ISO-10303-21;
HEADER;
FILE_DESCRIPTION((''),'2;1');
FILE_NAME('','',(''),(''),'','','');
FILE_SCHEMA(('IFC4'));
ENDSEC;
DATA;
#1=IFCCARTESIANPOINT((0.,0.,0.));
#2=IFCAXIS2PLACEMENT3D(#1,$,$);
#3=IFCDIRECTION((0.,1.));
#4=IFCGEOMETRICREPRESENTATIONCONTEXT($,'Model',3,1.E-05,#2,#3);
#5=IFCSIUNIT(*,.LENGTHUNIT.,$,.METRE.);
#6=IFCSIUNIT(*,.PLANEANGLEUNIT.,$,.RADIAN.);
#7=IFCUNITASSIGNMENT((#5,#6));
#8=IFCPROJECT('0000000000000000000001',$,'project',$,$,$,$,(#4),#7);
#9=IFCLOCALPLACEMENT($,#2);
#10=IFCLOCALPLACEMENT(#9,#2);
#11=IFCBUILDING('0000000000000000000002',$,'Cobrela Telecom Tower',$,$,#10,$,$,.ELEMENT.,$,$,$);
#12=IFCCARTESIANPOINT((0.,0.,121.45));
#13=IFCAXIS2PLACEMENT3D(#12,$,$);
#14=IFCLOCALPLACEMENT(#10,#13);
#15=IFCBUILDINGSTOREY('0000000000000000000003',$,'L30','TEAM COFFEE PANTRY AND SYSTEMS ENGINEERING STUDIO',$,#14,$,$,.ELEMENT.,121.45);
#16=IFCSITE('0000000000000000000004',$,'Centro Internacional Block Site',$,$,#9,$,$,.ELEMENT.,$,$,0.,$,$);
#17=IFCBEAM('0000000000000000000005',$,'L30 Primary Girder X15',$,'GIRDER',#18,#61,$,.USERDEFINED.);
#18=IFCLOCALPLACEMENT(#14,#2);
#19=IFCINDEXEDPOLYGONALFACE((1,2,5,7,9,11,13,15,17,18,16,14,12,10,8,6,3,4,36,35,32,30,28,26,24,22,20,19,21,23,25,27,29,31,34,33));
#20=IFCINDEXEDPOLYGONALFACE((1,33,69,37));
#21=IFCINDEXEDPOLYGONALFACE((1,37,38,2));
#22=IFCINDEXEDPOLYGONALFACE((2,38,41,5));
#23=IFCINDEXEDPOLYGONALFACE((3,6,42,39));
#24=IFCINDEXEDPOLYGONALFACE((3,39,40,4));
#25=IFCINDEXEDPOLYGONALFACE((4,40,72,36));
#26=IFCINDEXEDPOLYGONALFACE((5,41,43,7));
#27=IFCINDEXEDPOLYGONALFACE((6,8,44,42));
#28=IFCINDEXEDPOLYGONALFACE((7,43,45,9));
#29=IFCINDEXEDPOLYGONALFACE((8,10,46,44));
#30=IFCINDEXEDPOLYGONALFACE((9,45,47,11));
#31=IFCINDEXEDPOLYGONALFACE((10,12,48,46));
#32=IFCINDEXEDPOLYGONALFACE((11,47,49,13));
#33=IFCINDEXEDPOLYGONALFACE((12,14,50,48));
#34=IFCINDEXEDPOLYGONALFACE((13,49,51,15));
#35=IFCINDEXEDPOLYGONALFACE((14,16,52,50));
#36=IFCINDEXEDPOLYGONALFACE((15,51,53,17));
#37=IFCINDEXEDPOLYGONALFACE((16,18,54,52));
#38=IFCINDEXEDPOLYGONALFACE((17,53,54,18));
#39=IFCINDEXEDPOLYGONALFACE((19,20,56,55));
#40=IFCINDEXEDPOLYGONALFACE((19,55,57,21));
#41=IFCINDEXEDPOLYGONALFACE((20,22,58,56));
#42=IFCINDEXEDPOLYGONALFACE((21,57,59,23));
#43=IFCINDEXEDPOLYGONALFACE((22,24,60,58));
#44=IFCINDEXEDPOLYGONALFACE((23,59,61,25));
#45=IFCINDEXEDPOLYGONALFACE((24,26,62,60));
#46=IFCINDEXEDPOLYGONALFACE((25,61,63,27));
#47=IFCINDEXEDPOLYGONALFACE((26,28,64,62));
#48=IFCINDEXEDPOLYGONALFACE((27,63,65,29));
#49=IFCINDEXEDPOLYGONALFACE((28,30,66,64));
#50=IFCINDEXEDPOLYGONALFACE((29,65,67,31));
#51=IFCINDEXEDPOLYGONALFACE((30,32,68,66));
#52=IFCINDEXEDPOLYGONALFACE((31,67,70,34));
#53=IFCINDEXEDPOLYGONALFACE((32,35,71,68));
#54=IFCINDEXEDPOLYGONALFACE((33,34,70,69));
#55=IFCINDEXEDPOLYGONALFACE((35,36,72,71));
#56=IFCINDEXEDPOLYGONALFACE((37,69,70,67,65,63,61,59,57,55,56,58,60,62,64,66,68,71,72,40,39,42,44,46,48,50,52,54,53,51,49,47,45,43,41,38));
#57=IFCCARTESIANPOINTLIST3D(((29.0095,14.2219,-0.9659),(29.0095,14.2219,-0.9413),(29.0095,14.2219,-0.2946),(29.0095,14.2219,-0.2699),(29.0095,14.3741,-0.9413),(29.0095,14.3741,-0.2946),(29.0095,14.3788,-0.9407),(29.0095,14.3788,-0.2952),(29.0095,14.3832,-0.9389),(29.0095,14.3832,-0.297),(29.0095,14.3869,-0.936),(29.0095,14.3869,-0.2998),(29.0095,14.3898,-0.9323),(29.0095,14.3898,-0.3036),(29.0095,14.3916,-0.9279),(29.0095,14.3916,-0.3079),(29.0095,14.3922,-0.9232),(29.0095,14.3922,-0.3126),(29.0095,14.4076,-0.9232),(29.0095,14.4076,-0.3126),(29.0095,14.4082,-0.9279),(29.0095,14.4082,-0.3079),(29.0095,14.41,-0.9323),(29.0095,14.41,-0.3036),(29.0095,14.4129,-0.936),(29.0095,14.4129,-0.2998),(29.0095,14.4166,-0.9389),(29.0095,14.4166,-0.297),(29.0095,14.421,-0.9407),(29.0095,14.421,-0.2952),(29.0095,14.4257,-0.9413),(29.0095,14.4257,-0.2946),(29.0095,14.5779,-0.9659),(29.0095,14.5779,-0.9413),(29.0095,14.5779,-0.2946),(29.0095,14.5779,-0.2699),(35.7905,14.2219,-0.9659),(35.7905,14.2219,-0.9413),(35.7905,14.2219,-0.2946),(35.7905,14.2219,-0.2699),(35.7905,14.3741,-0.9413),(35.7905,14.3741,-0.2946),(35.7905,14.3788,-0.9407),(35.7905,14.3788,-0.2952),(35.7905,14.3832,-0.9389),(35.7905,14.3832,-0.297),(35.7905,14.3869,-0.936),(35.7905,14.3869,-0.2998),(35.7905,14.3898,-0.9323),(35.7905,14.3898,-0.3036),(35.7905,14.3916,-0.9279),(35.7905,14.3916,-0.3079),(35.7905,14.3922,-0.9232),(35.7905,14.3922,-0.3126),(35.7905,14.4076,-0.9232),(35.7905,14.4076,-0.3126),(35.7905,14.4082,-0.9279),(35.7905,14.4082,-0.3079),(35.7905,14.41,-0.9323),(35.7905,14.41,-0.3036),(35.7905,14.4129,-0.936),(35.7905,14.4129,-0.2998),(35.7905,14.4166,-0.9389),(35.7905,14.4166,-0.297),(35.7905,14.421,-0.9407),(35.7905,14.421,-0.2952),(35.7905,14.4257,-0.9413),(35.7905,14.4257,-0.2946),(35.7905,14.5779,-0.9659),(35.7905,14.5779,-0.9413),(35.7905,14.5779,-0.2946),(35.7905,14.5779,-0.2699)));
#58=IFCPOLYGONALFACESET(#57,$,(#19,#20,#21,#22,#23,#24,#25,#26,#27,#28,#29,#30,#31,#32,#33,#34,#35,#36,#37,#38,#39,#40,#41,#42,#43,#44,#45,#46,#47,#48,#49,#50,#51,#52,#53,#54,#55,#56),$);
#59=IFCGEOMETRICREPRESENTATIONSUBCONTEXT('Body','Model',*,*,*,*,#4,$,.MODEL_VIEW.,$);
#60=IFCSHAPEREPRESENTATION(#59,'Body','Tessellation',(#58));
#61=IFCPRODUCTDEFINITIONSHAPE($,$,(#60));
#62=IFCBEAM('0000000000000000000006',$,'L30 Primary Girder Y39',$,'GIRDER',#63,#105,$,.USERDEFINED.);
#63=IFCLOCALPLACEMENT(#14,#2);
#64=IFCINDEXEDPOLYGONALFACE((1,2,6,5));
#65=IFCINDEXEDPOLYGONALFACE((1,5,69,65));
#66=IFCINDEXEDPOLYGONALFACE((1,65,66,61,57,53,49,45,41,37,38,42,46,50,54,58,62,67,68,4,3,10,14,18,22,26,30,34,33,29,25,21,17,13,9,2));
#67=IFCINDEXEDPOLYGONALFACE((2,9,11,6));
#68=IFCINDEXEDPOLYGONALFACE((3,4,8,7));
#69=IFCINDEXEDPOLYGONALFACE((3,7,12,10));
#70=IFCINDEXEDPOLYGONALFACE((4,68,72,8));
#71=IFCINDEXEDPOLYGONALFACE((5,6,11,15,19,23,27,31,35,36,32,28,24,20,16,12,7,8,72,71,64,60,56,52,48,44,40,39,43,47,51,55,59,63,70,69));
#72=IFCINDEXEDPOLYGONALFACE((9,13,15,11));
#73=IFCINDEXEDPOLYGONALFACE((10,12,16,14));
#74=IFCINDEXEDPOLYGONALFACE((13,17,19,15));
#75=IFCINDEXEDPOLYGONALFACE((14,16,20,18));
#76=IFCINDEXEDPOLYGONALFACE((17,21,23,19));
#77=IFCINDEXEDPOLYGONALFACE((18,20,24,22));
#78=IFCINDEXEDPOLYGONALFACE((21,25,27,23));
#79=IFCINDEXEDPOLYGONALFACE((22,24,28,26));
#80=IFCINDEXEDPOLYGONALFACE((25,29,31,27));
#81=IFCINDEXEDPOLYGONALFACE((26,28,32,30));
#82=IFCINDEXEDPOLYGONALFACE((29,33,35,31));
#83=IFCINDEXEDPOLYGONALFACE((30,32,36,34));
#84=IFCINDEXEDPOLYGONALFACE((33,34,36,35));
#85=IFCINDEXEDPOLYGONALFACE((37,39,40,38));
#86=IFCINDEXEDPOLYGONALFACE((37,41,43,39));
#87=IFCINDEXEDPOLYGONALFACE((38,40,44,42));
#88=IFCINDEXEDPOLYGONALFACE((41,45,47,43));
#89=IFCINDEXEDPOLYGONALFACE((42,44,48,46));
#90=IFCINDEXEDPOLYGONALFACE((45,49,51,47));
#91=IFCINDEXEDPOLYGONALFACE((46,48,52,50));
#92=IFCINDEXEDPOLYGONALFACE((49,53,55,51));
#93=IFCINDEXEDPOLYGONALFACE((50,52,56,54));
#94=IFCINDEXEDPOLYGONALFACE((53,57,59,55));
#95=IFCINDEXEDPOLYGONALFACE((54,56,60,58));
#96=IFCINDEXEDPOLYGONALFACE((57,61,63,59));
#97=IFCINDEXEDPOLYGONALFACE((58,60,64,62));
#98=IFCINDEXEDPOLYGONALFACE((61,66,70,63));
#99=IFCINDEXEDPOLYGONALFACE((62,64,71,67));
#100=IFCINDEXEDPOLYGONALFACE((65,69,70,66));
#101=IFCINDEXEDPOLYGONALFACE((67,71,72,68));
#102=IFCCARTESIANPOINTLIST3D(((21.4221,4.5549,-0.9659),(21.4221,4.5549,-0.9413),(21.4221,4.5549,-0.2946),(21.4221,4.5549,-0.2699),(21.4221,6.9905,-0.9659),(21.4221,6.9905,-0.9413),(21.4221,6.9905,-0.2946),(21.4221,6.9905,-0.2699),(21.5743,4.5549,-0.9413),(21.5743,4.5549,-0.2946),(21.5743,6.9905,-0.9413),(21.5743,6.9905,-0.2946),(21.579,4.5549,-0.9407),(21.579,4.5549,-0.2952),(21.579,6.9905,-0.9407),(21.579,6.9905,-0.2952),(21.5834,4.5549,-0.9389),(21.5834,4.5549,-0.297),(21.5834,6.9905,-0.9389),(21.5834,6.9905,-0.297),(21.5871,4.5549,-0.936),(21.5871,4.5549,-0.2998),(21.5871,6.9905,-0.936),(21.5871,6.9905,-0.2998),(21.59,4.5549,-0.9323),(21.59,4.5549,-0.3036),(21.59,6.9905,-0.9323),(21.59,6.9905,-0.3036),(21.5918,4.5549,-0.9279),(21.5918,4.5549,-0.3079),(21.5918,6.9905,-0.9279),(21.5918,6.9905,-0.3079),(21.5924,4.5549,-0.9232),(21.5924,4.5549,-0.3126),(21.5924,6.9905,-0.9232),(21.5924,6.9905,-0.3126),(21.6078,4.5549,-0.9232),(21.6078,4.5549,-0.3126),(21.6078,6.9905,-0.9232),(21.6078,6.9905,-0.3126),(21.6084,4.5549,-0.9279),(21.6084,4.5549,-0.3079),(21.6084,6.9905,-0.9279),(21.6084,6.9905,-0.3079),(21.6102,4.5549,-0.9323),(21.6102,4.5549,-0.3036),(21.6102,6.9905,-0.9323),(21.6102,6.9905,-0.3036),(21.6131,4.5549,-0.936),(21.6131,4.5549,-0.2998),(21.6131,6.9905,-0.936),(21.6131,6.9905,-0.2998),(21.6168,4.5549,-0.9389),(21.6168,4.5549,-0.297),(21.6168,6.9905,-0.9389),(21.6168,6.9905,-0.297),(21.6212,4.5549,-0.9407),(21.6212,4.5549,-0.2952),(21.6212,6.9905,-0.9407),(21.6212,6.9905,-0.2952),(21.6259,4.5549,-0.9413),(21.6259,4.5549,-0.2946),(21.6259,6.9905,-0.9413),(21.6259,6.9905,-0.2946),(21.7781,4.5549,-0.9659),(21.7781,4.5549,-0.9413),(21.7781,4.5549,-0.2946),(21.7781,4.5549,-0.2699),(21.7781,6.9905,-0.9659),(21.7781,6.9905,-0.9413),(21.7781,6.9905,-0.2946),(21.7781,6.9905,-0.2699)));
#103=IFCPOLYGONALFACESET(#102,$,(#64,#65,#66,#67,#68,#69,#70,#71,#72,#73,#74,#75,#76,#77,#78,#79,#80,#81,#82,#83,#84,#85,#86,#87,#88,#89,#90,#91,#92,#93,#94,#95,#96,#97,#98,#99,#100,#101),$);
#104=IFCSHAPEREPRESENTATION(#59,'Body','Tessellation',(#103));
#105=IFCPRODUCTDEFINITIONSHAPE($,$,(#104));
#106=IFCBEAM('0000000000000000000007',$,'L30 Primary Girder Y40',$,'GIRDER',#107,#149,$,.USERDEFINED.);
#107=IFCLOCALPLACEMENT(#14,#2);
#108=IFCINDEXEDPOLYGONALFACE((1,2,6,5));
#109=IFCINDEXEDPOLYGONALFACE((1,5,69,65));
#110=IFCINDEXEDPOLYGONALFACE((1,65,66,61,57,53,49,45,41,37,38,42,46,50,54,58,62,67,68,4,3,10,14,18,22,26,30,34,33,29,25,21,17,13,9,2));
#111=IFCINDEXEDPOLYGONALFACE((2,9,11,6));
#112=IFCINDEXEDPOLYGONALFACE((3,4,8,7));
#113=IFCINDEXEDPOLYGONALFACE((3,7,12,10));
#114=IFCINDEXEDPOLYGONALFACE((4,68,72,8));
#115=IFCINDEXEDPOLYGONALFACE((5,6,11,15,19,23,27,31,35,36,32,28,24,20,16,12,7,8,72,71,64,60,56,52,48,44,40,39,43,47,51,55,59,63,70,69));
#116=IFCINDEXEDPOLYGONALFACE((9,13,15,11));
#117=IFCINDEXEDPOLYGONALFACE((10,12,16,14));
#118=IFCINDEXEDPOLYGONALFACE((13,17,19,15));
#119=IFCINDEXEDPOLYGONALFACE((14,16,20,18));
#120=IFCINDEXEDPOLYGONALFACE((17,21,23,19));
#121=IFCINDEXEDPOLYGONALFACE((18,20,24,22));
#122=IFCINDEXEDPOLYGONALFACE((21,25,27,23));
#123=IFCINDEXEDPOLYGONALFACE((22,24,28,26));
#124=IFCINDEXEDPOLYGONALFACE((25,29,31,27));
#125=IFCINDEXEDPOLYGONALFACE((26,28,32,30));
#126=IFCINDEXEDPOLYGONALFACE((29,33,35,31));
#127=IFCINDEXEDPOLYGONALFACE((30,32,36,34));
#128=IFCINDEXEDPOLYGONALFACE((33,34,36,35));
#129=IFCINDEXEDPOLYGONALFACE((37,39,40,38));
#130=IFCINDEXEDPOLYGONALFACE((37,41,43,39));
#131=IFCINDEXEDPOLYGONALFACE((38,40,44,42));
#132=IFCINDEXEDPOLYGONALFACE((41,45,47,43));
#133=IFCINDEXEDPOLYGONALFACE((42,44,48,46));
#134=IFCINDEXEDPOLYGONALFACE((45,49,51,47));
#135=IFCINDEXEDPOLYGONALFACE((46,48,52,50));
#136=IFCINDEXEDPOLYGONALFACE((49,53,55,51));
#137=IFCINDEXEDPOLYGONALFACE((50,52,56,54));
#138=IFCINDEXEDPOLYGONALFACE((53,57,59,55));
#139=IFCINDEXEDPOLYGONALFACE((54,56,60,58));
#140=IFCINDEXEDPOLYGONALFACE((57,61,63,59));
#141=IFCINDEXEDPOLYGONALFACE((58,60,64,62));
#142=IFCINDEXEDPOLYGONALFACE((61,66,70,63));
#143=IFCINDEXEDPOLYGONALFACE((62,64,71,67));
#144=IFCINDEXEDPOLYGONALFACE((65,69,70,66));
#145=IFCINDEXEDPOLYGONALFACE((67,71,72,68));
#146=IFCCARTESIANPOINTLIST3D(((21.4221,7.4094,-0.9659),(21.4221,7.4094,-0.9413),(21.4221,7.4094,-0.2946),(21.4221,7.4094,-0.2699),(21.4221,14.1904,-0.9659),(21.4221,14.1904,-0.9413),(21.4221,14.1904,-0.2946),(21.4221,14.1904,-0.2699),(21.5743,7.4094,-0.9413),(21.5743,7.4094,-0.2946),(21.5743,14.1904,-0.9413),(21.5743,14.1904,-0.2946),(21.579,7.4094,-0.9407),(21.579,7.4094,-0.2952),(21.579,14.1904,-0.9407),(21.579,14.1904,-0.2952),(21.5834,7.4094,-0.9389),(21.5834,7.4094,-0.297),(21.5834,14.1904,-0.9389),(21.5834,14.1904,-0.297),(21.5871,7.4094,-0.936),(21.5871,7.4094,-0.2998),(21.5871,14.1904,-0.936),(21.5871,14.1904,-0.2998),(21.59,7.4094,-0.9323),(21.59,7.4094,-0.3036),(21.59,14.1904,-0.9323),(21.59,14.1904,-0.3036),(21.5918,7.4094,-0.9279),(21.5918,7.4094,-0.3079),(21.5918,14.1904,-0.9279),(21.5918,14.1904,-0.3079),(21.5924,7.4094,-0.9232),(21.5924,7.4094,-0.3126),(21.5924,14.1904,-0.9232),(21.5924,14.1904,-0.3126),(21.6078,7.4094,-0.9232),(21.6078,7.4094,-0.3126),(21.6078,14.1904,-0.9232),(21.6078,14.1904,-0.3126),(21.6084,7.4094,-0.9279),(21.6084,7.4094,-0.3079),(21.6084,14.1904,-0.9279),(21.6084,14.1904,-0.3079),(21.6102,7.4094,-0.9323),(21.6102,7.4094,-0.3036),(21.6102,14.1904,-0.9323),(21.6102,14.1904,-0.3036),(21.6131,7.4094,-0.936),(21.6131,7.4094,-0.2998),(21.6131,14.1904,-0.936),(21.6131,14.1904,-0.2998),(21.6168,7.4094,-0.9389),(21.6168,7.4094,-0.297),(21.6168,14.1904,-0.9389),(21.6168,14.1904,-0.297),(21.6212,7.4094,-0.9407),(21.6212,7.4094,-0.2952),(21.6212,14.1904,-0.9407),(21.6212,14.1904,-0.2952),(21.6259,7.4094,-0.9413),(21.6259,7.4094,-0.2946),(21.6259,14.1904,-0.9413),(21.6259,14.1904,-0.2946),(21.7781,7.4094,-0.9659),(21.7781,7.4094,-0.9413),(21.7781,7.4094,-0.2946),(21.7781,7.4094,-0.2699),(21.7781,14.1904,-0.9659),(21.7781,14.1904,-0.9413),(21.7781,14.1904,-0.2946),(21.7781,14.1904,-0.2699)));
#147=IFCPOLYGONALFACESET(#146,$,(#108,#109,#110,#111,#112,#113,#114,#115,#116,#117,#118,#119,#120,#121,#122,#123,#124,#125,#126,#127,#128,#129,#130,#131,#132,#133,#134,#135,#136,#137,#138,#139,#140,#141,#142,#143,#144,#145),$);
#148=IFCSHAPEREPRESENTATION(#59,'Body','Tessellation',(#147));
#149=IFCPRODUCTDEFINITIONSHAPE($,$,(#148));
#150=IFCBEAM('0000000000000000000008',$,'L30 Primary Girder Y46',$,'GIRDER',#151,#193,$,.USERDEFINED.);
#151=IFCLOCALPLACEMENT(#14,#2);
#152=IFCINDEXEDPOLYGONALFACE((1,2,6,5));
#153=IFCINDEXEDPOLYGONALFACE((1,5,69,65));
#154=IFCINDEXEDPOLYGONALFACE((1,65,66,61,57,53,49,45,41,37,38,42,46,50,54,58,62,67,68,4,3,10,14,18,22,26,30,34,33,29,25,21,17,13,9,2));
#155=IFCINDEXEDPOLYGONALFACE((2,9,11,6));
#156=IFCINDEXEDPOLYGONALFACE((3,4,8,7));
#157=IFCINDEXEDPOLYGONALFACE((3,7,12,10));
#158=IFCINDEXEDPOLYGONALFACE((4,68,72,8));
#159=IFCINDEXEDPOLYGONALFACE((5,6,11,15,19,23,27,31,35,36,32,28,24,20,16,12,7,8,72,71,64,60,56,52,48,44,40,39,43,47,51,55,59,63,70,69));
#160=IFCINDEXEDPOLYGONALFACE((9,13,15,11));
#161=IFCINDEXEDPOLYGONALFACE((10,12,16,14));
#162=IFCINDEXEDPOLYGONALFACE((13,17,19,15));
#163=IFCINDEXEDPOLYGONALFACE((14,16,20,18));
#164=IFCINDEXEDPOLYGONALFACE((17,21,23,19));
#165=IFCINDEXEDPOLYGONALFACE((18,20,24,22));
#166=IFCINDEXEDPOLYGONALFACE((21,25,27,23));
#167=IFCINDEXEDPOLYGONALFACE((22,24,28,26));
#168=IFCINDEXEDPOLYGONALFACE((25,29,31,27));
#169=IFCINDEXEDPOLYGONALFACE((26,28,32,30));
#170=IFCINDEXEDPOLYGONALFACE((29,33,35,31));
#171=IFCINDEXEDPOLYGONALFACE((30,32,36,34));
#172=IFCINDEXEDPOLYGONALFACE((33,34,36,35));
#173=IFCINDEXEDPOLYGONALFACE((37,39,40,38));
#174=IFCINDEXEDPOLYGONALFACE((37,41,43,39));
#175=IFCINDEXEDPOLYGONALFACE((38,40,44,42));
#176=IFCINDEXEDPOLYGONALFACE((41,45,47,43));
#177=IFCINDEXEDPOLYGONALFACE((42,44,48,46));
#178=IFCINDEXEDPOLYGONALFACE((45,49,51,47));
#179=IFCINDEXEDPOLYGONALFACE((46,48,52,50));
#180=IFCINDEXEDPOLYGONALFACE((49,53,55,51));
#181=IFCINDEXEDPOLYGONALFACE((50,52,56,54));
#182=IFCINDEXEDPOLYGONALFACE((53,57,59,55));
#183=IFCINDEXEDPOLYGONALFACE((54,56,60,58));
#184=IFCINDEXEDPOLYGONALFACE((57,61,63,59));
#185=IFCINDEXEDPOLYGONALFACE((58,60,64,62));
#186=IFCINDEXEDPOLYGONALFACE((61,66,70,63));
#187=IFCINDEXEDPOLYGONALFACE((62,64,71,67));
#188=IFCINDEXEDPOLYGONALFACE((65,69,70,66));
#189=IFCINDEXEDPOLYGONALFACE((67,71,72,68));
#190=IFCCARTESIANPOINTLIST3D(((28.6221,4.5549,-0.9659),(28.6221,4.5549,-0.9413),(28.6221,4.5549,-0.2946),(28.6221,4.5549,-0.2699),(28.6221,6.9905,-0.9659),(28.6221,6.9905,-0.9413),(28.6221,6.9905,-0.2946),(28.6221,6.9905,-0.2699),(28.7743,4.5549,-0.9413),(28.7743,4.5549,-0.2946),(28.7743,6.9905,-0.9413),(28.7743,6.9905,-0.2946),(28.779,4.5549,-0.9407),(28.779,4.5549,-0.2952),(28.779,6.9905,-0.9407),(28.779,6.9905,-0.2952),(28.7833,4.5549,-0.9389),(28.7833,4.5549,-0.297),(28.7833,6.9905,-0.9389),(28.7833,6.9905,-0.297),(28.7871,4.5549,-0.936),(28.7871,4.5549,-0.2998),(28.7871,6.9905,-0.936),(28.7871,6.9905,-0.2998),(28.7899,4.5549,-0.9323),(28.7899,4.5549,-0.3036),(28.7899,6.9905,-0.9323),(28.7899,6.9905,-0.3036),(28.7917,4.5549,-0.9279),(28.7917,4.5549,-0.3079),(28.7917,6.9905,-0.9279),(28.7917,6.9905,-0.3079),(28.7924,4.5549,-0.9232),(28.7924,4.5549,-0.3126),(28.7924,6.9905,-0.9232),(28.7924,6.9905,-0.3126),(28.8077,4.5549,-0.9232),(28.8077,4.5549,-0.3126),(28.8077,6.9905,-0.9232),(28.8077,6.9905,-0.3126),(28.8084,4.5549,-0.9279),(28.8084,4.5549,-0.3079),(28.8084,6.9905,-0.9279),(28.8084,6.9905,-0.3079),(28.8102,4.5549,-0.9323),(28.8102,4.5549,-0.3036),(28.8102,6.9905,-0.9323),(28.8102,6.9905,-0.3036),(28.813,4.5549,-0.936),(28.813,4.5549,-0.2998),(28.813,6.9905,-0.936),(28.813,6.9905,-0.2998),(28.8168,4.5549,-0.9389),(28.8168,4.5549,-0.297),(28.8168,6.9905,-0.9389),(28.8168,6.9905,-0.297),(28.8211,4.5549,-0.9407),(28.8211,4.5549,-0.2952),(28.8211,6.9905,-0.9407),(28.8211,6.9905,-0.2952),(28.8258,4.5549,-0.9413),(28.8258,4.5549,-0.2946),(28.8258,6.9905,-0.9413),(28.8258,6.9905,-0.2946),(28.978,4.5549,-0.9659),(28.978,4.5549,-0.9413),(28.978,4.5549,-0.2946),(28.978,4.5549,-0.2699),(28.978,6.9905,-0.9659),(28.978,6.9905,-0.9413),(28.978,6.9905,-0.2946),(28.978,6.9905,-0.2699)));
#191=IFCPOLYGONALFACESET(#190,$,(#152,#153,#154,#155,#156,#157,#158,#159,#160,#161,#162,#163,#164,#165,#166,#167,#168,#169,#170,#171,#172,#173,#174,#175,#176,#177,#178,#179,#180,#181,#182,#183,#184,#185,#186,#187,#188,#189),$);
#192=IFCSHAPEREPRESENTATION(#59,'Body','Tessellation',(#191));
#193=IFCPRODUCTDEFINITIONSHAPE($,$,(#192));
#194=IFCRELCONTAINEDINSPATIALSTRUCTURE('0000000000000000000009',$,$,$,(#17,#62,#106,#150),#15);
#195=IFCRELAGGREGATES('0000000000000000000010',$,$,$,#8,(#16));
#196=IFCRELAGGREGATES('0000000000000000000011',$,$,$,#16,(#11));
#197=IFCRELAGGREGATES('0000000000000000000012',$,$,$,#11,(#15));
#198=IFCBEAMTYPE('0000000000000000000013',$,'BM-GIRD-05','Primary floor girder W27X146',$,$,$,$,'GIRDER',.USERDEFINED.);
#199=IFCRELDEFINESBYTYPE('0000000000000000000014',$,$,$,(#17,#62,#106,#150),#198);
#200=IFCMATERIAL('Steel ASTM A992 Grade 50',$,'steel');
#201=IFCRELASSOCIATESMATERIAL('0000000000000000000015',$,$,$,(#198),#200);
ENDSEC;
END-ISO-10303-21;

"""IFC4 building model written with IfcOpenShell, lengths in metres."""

from ifc_helpers import new_model, si_unit, direction, frame, origin, origin_2d, place, context, subcontext, project, spatial, i_section, extrude, material, material_profile, profile_set, type_object, element, save


model = new_model("IFC4")

# Units and contexts
model_context = context("Model", 3, precision=1e-05, world=origin(), true_north=direction((0.0, 1.0)))
body_context = subcontext(model_context, "Body", "Model", "MODEL_VIEW")
ifc_project = project(units=[si_unit("LENGTHUNIT", "METRE"), si_unit("PLANEANGLEUNIT", "RADIAN")], contexts=[model_context])

# Site, building, storey
site_placement = place(None, origin())
site = spatial("IfcSite", under=ifc_project, at=site_placement, Name="Centro Internacional Block Site", CompositionType="ELEMENT", RefElevation=0.0)
building_placement = place(site_placement, origin())
building = spatial("IfcBuilding", under=site, at=building_placement, Name="Cobrela Telecom Tower", CompositionType="ELEMENT")
storey_placement = place(building_placement, frame((0.0, 0.0, 121.45)))
storey = spatial("IfcBuildingStorey", under=building, at=storey_placement, Name="L30", Description="TEAM COFFEE PANTRY AND SYSTEMS ENGINEERING STUDIO", CompositionType="ELEMENT", Elevation=121.45)

# Shared definitions
ifc_material_1 = material(Name="Steel ASTM A992 Grade 50", Category="steel")

# Beams
ifc_material_profile_1 = material_profile(ifc_material_1, i_section(OverallWidth=0.356, OverallDepth=0.696, WebThickness=0.0154, FlangeThickness=0.0247, FilletRadius=0.0181, at=origin_2d()), Name="W27X146")
ifc_profile_set_1 = profile_set([ifc_material_profile_1], Name="Steel ASTM A992 Grade 50")
beam_type_1 = type_object("IfcBeamType", Name="BM-GIRD-05", Description="Primary floor girder W27X146", ElementType="GIRDER", PredefinedType="USERDEFINED", material=ifc_profile_set_1)
for number, where, z_axis, x_axis, name in (
    (1, (29.0095, 14.3999, -0.6179), (1.0, 0.0, 0.0), (0.0, 1.0, 0.0), "L30 Primary Girder X15"),
):
    element("IfcBeam", number, at=place(storey_placement, frame(where, z_axis=z_axis, x_axis=x_axis)), inside=storey, type_object=beam_type_1, Name=name, ObjectType="GIRDER", PredefinedType="USERDEFINED", context=body_context, shape_type="SweptSolid", body=[
        extrude(i_section(OverallWidth=0.356, OverallDepth=0.696, WebThickness=0.0154, FlangeThickness=0.0247, FilletRadius=0.0181, at=origin_2d()), origin(), (0.0, 0.0, 1.0), 6.781),
    ])
beam_1_placement = place(storey_placement, frame((21.6001, 4.5549, -0.6179), z_axis=(0.0, 1.0, 0.0), x_axis=(-1.0, 0.0, 0.0)))
element("IfcBeam", 2, at=beam_1_placement, inside=storey, type_object=beam_type_1, Name="L30 Primary Girder Y39", ObjectType="GIRDER", PredefinedType="USERDEFINED", context=body_context, shape_type="SweptSolid", body=[
    extrude(i_section(OverallWidth=0.356, OverallDepth=0.696, WebThickness=0.0154, FlangeThickness=0.0247, FilletRadius=0.0181, at=origin_2d()), origin(), (0.0, 0.0, 1.0), 2.4355),
])
beam_2_placement = place(storey_placement, frame((21.6001, 7.4094, -0.6179), z_axis=(0.0, 1.0, 0.0), x_axis=(-1.0, 0.0, 0.0)))
element("IfcBeam", 3, at=beam_2_placement, inside=storey, type_object=beam_type_1, Name="L30 Primary Girder Y40", ObjectType="GIRDER", PredefinedType="USERDEFINED", context=body_context, shape_type="SweptSolid", body=[
    extrude(i_section(OverallWidth=0.356, OverallDepth=0.696, WebThickness=0.0154, FlangeThickness=0.0247, FilletRadius=0.0181, at=origin_2d()), origin(), (0.0, 0.0, 1.0), 6.781),
])
beam_3_placement = place(storey_placement, frame((28.8, 4.5549, -0.6179), z_axis=(0.0, 1.0, 0.0), x_axis=(-1.0, 0.0, 0.0)))
element("IfcBeam", 4, at=beam_3_placement, inside=storey, type_object=beam_type_1, Name="L30 Primary Girder Y46", ObjectType="GIRDER", PredefinedType="USERDEFINED", context=body_context, shape_type="SweptSolid", body=[
    extrude(i_section(OverallWidth=0.356, OverallDepth=0.696, WebThickness=0.0154, FlangeThickness=0.0247, FilletRadius=0.0181, at=origin_2d()), origin(), (0.0, 0.0, 1.0), 2.4355),
])

save(model, "model.ifc")
